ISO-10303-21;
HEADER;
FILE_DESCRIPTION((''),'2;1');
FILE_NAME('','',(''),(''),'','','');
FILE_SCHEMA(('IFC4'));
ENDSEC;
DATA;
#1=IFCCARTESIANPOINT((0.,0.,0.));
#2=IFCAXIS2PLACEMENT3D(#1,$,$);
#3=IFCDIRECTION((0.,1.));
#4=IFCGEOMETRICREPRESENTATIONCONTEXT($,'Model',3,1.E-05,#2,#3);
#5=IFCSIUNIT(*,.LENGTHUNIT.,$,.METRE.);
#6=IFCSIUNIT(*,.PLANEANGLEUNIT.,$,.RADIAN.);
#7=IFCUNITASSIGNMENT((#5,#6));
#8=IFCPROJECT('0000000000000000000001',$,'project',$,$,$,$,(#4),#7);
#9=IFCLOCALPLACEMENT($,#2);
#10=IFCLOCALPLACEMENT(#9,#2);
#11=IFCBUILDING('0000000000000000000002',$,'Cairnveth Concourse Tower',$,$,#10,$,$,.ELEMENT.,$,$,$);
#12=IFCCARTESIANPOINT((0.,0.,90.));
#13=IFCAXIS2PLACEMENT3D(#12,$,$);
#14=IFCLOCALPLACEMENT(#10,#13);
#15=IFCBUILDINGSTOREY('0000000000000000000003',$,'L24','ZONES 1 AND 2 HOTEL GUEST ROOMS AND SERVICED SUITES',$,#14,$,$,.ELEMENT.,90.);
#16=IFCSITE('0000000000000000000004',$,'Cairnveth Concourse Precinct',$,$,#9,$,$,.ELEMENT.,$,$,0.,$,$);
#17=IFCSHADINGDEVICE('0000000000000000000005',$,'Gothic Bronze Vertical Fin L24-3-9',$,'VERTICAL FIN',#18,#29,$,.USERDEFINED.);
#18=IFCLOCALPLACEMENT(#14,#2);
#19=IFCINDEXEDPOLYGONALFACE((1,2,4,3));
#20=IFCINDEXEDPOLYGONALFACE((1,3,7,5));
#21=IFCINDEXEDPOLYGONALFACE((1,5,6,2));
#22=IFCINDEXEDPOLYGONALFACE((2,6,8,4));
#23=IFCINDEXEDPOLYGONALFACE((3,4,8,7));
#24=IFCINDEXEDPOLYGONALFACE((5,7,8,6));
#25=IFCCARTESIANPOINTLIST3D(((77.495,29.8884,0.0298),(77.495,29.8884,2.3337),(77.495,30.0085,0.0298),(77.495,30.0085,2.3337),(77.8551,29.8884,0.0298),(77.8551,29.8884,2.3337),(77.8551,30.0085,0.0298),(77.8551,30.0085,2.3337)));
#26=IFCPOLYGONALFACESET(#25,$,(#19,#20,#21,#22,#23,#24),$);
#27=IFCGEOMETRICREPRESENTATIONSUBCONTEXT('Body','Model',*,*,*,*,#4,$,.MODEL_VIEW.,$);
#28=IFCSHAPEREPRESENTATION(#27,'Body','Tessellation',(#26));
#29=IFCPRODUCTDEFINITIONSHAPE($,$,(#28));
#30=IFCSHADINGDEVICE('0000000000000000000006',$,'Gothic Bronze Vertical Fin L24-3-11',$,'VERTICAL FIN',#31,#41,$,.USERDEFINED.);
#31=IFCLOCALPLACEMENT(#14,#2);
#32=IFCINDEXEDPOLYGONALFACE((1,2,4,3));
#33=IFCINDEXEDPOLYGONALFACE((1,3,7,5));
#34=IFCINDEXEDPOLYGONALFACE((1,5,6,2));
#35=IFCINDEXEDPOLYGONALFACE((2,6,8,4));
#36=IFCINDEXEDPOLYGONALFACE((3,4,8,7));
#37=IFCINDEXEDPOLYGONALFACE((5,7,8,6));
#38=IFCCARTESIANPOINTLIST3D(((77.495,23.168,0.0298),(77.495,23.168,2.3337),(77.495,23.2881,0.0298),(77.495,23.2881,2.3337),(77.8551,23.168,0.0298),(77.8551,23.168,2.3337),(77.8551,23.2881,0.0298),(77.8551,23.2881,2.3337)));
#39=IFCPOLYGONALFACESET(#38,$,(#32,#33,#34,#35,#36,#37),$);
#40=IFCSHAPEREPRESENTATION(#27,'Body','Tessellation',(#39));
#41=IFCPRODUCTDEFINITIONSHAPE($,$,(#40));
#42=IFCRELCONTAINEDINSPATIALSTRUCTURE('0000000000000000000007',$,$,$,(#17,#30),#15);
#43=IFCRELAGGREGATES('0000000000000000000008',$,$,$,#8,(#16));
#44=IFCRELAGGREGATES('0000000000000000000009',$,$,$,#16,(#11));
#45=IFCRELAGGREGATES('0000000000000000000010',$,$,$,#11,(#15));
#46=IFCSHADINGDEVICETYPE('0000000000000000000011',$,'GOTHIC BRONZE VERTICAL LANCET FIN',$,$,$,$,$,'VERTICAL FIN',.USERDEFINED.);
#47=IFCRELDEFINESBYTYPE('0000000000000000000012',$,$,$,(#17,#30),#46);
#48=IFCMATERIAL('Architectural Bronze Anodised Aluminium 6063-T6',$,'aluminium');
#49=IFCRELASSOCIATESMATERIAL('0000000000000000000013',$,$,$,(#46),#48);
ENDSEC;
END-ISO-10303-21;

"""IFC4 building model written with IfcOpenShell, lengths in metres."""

from ifc_helpers import new_model, si_unit, direction, frame, origin, origin_2d, place, context, subcontext, project, spatial, rectangle, extrude, material, type_object, element, save


model = new_model("IFC4")

# Units and contexts
model_context = context("Model", 3, precision=1e-05, world=origin(), true_north=direction((0.0, 1.0)))
body_context = subcontext(model_context, "Body", "Model", "MODEL_VIEW")
ifc_project = project(units=[si_unit("LENGTHUNIT", "METRE"), si_unit("PLANEANGLEUNIT", "RADIAN")], contexts=[model_context])

# Site, building, storey
site_placement = place(None, origin())
site = spatial("IfcSite", under=ifc_project, at=site_placement, Name="Cairnveth Concourse Precinct", CompositionType="ELEMENT", RefElevation=0.0)
building_placement = place(site_placement, origin())
building = spatial("IfcBuilding", under=site, at=building_placement, Name="Cairnveth Concourse Tower", CompositionType="ELEMENT")
storey_placement = place(building_placement, frame((0.0, 0.0, 90.0)))
storey = spatial("IfcBuildingStorey", under=building, at=storey_placement, Name="L24", Description="ZONES 1 AND 2 HOTEL GUEST ROOMS AND SERVICED SUITES", CompositionType="ELEMENT", Elevation=90.0)

# Shading devices
ifc_material_1 = material(Name="Architectural Bronze Anodised Aluminium 6063-T6", Category="aluminium")
shading_device_type = type_object("IfcShadingDeviceType", Name="GOTHIC BRONZE VERTICAL LANCET FIN", ElementType="VERTICAL FIN", PredefinedType="USERDEFINED", material=ifc_material_1)
for number, where, z_axis, x_axis, name in (
    (1, (77.675, 29.9485, 0.0298), (0.0, 0.0, 1.0), (0.0, 1.0, 0.0), "Gothic Bronze Vertical Fin L24-3-9"),
    (2, (77.675, 23.228, 0.0298), (0.0, 0.0, 1.0), (0.0, 1.0, 0.0), "Gothic Bronze Vertical Fin L24-3-11"),
):
    element("IfcShadingDevice", number, at=place(storey_placement, frame(where, z_axis=z_axis, x_axis=x_axis)), inside=storey, type_object=shading_device_type, Name=name, ObjectType="VERTICAL FIN", PredefinedType="USERDEFINED", context=body_context, shape_type="SweptSolid", body=[
        extrude(rectangle(XDim=0.1201, YDim=0.3601, at=origin_2d()), origin(), (0.0, 0.0, 1.0), 2.304),
    ])

save(model, "model.ifc")
